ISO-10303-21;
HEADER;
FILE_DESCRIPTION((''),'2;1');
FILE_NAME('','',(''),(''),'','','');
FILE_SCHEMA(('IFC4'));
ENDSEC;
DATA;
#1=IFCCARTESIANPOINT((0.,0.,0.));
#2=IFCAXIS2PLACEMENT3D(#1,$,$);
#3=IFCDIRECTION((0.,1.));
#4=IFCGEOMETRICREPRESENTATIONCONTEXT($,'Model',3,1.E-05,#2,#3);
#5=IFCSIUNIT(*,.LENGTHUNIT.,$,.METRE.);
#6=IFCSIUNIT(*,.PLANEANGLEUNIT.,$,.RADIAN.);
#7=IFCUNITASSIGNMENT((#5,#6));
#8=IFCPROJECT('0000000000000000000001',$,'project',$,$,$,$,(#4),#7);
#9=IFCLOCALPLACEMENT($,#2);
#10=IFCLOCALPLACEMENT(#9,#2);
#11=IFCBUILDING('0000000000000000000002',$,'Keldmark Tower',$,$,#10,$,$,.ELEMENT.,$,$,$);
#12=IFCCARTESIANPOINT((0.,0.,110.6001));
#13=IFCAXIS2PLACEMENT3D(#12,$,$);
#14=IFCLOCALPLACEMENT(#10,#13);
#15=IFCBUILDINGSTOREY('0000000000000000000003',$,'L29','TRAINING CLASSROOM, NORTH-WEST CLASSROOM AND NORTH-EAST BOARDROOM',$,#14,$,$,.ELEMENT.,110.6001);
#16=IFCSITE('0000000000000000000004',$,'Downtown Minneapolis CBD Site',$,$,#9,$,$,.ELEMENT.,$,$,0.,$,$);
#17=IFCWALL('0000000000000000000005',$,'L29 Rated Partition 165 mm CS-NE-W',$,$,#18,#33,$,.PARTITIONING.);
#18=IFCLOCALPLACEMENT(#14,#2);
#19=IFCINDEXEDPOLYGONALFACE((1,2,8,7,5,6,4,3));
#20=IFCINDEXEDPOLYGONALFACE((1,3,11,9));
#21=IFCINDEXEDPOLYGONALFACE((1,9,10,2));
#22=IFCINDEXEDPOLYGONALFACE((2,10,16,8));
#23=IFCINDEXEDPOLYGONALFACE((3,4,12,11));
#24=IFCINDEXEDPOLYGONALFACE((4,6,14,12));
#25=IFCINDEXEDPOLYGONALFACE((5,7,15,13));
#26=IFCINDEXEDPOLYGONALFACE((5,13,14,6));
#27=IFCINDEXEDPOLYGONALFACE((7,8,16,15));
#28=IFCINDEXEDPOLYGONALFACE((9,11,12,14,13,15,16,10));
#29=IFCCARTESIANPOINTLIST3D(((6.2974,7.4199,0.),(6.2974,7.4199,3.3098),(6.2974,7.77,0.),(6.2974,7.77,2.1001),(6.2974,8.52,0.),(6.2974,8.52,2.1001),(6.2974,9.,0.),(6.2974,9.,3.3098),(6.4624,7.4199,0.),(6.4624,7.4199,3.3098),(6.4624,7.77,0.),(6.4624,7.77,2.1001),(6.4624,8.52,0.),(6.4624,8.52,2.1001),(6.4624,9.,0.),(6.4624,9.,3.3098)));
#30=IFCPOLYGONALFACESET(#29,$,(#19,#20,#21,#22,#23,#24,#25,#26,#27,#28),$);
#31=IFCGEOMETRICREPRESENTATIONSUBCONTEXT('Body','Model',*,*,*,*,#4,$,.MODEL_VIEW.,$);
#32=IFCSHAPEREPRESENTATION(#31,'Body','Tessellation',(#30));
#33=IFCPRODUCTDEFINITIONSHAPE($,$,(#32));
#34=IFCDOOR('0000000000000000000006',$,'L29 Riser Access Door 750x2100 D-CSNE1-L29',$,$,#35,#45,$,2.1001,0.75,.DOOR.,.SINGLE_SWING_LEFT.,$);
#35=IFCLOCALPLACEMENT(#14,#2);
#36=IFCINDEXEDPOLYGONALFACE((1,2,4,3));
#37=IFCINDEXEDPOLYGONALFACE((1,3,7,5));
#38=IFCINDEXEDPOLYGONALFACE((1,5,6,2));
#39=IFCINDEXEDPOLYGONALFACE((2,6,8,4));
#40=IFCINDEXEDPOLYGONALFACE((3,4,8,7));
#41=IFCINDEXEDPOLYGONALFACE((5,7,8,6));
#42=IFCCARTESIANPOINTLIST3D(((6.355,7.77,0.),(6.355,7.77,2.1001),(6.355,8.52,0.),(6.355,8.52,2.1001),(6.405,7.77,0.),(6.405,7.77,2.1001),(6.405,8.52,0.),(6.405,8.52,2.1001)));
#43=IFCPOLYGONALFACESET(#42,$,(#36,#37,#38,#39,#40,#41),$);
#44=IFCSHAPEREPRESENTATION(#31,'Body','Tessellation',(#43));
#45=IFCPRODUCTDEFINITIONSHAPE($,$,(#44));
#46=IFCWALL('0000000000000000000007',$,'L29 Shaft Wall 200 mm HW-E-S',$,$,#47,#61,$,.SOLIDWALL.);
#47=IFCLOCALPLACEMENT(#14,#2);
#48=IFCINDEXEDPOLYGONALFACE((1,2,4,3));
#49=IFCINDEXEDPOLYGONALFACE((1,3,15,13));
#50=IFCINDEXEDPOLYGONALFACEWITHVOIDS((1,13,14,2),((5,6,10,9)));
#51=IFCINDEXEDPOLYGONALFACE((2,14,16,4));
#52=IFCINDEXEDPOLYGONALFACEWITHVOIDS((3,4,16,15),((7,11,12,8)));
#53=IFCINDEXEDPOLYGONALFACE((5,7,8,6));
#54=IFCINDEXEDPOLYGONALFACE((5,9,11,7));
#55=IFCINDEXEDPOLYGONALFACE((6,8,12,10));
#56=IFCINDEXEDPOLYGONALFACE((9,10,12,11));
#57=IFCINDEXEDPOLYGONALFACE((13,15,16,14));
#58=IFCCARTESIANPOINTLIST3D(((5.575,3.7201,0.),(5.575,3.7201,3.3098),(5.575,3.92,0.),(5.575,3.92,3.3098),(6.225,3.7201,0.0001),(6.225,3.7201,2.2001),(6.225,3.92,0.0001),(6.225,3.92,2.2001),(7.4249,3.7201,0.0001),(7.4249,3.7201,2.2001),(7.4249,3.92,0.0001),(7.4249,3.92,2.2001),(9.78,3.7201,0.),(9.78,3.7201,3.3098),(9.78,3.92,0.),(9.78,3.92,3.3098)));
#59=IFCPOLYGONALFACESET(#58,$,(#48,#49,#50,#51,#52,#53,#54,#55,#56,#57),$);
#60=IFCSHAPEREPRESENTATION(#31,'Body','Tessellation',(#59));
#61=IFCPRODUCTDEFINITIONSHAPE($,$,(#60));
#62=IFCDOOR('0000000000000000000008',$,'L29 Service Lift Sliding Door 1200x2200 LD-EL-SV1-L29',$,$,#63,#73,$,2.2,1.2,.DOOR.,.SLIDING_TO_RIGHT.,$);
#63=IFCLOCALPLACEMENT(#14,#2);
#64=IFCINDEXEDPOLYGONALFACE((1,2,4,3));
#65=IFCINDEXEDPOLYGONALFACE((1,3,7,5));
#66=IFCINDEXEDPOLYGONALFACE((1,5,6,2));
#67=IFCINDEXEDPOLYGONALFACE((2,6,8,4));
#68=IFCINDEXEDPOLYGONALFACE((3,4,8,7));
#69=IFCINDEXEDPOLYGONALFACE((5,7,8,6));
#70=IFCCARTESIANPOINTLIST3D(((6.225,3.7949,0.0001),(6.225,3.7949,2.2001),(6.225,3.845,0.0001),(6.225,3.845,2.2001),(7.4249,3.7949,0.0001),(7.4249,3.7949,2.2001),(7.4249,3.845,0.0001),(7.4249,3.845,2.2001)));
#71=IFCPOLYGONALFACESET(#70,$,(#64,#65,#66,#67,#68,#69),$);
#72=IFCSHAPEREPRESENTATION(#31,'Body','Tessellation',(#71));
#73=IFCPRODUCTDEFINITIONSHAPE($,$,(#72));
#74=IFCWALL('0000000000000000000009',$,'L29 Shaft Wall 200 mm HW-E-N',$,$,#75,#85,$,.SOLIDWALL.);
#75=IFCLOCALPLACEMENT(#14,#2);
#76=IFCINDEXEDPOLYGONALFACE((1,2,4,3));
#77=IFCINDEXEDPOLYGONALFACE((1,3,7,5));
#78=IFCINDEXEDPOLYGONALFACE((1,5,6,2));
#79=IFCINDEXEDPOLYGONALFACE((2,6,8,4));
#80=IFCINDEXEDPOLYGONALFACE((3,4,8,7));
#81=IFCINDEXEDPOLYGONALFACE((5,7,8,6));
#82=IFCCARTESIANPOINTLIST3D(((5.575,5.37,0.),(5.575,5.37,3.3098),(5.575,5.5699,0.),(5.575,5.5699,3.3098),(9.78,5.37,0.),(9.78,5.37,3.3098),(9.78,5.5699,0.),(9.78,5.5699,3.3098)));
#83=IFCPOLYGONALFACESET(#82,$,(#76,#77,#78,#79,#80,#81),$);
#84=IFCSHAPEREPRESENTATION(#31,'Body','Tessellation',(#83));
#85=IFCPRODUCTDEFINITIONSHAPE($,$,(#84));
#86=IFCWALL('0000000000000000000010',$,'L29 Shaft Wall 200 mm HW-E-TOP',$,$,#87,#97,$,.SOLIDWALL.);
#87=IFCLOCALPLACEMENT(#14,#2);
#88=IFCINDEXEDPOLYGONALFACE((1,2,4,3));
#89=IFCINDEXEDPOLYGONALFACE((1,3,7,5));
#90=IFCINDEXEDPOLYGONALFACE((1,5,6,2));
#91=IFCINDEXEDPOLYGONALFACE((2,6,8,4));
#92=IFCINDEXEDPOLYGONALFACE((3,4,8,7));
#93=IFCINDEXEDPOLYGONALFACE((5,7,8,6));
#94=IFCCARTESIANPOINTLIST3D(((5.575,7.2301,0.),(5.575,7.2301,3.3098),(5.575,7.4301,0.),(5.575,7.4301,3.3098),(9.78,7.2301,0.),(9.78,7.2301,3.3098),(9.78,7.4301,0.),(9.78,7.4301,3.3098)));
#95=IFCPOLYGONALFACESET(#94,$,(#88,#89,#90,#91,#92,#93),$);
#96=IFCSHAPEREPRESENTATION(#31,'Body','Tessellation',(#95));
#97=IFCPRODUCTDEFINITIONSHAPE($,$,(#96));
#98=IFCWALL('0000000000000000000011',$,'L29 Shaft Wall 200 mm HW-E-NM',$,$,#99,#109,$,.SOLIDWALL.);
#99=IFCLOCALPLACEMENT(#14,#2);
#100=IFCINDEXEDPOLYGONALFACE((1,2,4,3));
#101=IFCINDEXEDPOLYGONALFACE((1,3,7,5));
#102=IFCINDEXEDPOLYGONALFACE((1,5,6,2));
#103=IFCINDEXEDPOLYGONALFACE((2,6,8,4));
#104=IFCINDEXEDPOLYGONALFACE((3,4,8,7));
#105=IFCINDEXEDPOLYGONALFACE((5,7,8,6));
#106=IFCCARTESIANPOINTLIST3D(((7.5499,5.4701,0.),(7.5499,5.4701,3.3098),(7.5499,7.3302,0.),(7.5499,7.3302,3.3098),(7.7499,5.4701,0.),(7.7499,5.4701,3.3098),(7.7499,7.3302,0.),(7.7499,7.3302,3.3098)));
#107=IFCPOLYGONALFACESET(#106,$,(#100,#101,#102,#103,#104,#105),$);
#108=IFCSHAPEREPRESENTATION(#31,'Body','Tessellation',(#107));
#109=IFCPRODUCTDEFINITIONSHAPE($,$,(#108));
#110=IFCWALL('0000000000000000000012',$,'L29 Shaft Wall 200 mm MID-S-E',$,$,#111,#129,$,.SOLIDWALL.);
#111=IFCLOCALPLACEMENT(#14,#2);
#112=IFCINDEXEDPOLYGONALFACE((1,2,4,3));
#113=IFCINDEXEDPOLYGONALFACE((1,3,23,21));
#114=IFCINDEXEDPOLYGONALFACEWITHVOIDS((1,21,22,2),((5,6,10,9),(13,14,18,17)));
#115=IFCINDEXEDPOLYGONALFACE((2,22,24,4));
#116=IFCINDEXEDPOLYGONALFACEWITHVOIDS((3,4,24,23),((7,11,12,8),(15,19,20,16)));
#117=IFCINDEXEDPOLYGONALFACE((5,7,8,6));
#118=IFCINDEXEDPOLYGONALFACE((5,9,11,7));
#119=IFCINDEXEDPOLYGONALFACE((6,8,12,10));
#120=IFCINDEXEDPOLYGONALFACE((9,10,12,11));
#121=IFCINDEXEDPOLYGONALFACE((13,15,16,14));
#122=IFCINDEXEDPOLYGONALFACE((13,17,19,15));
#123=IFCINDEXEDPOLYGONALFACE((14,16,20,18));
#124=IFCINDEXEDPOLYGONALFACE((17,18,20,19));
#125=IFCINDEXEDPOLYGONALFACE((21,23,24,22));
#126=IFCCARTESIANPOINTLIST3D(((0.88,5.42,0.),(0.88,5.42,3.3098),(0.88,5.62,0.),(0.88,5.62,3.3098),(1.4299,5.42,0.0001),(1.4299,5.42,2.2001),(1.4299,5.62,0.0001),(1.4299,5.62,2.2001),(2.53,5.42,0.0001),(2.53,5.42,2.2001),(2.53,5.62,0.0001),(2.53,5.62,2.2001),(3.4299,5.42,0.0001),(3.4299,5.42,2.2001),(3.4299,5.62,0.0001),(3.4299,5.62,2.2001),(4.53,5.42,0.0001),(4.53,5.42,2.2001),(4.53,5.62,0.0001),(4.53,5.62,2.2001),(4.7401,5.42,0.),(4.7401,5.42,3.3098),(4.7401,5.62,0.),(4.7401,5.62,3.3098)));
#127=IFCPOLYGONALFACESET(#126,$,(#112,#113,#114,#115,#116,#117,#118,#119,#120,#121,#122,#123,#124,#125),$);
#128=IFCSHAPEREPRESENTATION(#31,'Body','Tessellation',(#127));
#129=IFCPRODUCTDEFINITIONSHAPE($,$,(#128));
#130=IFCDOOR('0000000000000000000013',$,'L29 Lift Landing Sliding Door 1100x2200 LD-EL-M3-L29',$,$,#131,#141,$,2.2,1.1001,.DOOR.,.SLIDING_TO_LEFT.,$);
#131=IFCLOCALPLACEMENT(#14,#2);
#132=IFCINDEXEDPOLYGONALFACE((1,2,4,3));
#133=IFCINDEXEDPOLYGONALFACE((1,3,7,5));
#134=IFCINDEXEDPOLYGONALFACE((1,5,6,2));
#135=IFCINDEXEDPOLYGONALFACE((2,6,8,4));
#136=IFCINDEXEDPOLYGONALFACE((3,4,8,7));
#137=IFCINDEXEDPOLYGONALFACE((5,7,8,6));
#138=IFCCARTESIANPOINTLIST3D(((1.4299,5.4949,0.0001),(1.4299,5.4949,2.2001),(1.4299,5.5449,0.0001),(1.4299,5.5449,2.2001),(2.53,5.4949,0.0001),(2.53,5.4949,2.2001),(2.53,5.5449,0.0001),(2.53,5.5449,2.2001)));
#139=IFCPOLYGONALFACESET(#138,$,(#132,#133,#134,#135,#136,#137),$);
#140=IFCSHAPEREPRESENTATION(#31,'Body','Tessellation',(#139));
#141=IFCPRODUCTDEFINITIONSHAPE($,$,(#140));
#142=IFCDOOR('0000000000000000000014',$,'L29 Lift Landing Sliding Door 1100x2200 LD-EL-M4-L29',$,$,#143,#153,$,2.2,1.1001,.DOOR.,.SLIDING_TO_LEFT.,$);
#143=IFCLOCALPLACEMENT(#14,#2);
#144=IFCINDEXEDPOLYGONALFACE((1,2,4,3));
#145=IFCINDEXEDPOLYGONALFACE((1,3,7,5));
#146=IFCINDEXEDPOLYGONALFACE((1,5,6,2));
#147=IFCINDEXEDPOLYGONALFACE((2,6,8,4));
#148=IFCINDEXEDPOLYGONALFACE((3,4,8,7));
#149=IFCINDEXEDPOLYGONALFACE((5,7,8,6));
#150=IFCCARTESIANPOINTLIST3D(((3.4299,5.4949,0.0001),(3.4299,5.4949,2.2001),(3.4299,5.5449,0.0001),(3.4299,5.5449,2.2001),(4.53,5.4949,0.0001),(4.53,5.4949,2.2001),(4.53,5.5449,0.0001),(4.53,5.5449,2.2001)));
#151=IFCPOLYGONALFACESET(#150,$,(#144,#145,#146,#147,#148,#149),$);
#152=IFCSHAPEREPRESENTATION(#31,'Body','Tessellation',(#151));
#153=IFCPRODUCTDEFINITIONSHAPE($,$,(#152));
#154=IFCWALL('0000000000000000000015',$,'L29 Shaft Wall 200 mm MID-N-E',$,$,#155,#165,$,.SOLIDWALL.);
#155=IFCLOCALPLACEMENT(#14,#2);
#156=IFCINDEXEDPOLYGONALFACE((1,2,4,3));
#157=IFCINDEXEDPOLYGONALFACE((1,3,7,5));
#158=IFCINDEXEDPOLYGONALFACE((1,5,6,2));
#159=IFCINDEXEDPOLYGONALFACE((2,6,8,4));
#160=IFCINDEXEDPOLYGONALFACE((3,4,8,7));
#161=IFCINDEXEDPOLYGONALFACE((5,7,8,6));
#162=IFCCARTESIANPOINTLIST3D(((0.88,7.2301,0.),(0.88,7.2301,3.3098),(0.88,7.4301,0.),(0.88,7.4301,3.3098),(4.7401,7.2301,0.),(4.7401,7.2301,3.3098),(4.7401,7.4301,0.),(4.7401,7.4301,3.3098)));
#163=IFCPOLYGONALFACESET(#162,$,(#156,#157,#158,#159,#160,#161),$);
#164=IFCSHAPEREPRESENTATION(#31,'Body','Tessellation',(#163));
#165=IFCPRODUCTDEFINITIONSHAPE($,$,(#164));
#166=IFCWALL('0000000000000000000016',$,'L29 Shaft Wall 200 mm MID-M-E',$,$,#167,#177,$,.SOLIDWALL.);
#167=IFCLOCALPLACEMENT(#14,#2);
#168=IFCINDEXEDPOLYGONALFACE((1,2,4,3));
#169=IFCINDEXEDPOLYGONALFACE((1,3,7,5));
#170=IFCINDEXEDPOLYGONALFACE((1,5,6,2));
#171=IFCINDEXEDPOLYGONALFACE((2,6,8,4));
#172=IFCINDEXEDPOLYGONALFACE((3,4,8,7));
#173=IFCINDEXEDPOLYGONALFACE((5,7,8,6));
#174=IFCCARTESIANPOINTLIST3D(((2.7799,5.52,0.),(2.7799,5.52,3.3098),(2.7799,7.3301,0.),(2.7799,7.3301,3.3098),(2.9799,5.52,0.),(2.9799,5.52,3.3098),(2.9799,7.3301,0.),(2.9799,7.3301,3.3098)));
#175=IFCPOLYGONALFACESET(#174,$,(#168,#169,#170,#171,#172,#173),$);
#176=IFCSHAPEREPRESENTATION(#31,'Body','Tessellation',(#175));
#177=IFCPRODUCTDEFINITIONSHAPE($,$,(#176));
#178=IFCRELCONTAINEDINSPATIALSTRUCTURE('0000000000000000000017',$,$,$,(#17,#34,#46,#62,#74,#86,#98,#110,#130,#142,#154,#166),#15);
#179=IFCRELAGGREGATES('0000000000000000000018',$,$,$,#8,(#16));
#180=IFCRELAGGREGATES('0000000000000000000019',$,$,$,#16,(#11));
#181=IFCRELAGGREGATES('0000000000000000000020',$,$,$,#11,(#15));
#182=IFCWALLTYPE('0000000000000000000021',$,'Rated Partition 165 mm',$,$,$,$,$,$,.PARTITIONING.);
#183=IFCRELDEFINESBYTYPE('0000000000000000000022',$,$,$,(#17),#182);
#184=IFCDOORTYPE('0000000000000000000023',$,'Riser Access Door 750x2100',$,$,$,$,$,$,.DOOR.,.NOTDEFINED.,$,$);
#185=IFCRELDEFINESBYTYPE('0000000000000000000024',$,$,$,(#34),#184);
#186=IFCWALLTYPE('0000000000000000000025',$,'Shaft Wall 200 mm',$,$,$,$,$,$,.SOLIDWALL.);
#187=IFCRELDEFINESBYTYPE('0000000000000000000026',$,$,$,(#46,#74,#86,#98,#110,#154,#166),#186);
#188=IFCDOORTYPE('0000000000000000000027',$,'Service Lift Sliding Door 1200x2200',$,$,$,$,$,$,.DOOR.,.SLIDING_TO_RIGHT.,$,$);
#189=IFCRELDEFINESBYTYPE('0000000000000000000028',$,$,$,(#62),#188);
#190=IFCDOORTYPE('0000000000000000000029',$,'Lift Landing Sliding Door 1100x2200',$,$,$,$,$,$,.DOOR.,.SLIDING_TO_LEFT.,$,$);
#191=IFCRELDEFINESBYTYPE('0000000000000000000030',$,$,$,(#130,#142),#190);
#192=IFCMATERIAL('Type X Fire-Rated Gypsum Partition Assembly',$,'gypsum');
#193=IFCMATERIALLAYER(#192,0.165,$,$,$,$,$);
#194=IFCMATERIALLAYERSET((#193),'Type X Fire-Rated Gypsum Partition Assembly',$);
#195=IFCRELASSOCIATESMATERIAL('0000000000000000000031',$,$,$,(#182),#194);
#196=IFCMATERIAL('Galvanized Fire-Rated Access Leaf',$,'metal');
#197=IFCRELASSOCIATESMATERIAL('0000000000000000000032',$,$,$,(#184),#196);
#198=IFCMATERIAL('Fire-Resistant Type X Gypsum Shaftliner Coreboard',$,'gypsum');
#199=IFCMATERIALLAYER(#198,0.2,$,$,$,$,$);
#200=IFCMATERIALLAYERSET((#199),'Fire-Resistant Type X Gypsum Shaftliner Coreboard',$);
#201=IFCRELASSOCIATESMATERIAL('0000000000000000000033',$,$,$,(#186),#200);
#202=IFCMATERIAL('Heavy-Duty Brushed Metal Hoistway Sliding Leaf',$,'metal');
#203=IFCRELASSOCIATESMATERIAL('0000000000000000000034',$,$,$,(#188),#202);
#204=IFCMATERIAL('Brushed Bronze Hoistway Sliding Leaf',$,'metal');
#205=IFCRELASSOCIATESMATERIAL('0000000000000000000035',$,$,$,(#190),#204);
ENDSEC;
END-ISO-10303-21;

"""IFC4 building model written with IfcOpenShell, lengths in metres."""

from ifc_helpers import new_model, si_unit, direction, frame, frame_2d, origin, place, context, subcontext, project, spatial, rectangle, extrude, material, layer, layer_set, type_object, element, fill, save


model = new_model("IFC4")

# Units and contexts
model_context = context("Model", 3, precision=1e-05, world=origin(), true_north=direction((0.0, 1.0)))
body_context = subcontext(model_context, "Body", "Model", "MODEL_VIEW")
ifc_project = project(units=[si_unit("LENGTHUNIT", "METRE"), si_unit("PLANEANGLEUNIT", "RADIAN")], contexts=[model_context])

# Site, building, storey
site_placement = place(None, origin())
site = spatial("IfcSite", under=ifc_project, at=site_placement, Name="Downtown Minneapolis CBD Site", CompositionType="ELEMENT", RefElevation=0.0)
building_placement = place(site_placement, origin())
building = spatial("IfcBuilding", under=site, at=building_placement, Name="Keldmark Tower", CompositionType="ELEMENT")
storey_placement = place(building_placement, frame((0.0, 0.0, 110.6001)))
storey = spatial("IfcBuildingStorey", under=building, at=storey_placement, Name="L29", Description="TRAINING CLASSROOM, NORTH-WEST CLASSROOM AND NORTH-EAST BOARDROOM", CompositionType="ELEMENT", Elevation=110.6001)

# Shared definitions
ifc_material_1 = material(Name="Type X Fire-Rated Gypsum Partition Assembly", Category="gypsum")
ifc_layer_1 = layer(ifc_material_1, 0.165)
ifc_layer_set_1 = layer_set([ifc_layer_1], Name="Type X Fire-Rated Gypsum Partition Assembly")
wall_type_1 = type_object("IfcWallType", Name="Rated Partition 165 mm", PredefinedType="PARTITIONING", material=ifc_layer_set_1)

# Walls, openings, doors
wall_1_placement = place(storey_placement, frame((6.3799, 7.4199, 0.0), z_axis=(0.0, 0.0, 1.0), x_axis=(0.0, 1.0, 0.0)))
wall_1 = element("IfcWall", 1, at=wall_1_placement, inside=storey, type_object=wall_type_1, Name="L29 Rated Partition 165 mm CS-NE-W", PredefinedType="PARTITIONING", context=body_context, shape_type="SweptSolid", body=[
    extrude(rectangle(XDim=1.5801, YDim=0.165, at=frame_2d((0.79, 0.0))), origin(), (0.0, 0.0, 1.0), 3.3098),
])
opening_1_placement = place(wall_1_placement, frame((0.3501, 0.0, 0.0)))
opening_1 = element("IfcOpeningElement", 2, at=opening_1_placement, cuts=wall_1, PredefinedType="OPENING", context=body_context, shape_type="SweptSolid", body=[
    extrude(rectangle(XDim=0.75, YDim=2.1001, at=frame_2d((0.375, 1.05))), frame((0.0, 0.0925, 0.0), z_axis=(0.0, -1.0, 0.0), x_axis=(1.0, 0.0, 0.0)), (0.0, 0.0, 1.0), 0.1851),
])
ifc_material_2 = material(Name="Galvanized Fire-Rated Access Leaf", Category="metal")
door_type_1 = type_object("IfcDoorType", Name="Riser Access Door 750x2100", OperationType="NOTDEFINED", PredefinedType="DOOR", material=ifc_material_2)
door_1_placement = place(opening_1_placement, origin())
door_1 = element("IfcDoor", 3, at=door_1_placement, inside=storey, type_object=door_type_1, Name="L29 Riser Access Door 750x2100 D-CSNE1-L29", OperationType="SINGLE_SWING_LEFT", OverallHeight=2.1001, OverallWidth=0.75, PredefinedType="DOOR", context=body_context, shape_type="SweptSolid", body=[
    extrude(rectangle(XDim=0.75, YDim=2.1001, at=frame_2d((0.375, 1.05))), frame((0.0, 0.0249, 0.0), z_axis=(0.0, -1.0, 0.0), x_axis=(1.0, 0.0, 0.0)), (0.0, 0.0, 1.0), 0.05),
])
fill(opening_1, door_1)
ifc_material_3 = material(Name="Fire-Resistant Type X Gypsum Shaftliner Coreboard", Category="gypsum")
ifc_layer_2 = layer(ifc_material_3, 0.2)
ifc_layer_set_2 = layer_set([ifc_layer_2], Name="Fire-Resistant Type X Gypsum Shaftliner Coreboard")
wall_type_2 = type_object("IfcWallType", Name="Shaft Wall 200 mm", PredefinedType="SOLIDWALL", material=ifc_layer_set_2)
wall_2_placement = place(storey_placement, frame((5.575, 3.8201, 0.0), z_axis=(0.0, 0.0, 1.0), x_axis=(1.0, 0.0, 0.0)))
wall_2 = element("IfcWall", 4, at=wall_2_placement, inside=storey, type_object=wall_type_2, Name="L29 Shaft Wall 200 mm HW-E-S", PredefinedType="SOLIDWALL", context=body_context, shape_type="SweptSolid", body=[
    extrude(rectangle(XDim=4.2051, YDim=0.2, at=frame_2d((2.1025, 0.0))), origin(), (0.0, 0.0, 1.0), 3.3098),
])
opening_2_placement = place(wall_2_placement, frame((0.6499, 0.0, 0.0)))
opening_2 = element("IfcOpeningElement", 5, at=opening_2_placement, cuts=wall_2, PredefinedType="OPENING", context=body_context, shape_type="SweptSolid", body=[
    extrude(rectangle(XDim=1.2, YDim=2.2, at=frame_2d((0.6001, 1.1001))), frame((0.0, 0.1099, 0.0), z_axis=(0.0, -1.0, 0.0), x_axis=(1.0, 0.0, 0.0)), (0.0, 0.0, 1.0), 0.22),
])
ifc_material_4 = material(Name="Heavy-Duty Brushed Metal Hoistway Sliding Leaf", Category="metal")
door_type_2 = type_object("IfcDoorType", Name="Service Lift Sliding Door 1200x2200", OperationType="SLIDING_TO_RIGHT", PredefinedType="DOOR", material=ifc_material_4)
door_2_placement = place(opening_2_placement, origin())
door_2 = element("IfcDoor", 6, at=door_2_placement, inside=storey, type_object=door_type_2, Name="L29 Service Lift Sliding Door 1200x2200 LD-EL-SV1-L29", OperationType="SLIDING_TO_RIGHT", OverallHeight=2.2, OverallWidth=1.2, PredefinedType="DOOR", context=body_context, shape_type="SweptSolid", body=[
    extrude(rectangle(XDim=1.2, YDim=2.2, at=frame_2d((0.6001, 1.1001))), frame((0.0, 0.0249, 0.0), z_axis=(0.0, -1.0, 0.0), x_axis=(1.0, 0.0, 0.0)), (0.0, 0.0, 1.0), 0.05),
])
fill(opening_2, door_2)

# Walls
for number, where, z_axis, x_axis, name in (
    (7, (5.575, 5.47, 0.0), (0.0, 0.0, 1.0), (1.0, 0.0, 0.0), "L29 Shaft Wall 200 mm HW-E-N"),
    (8, (5.575, 7.3301, 0.0), (0.0, 0.0, 1.0), (1.0, 0.0, 0.0), "L29 Shaft Wall 200 mm HW-E-TOP"),
):
    element("IfcWall", number, at=place(storey_placement, frame(where, z_axis=z_axis, x_axis=x_axis)), inside=storey, type_object=wall_type_2, Name=name, PredefinedType="SOLIDWALL", context=body_context, shape_type="SweptSolid", body=[
        extrude(rectangle(XDim=4.2051, YDim=0.2, at=frame_2d((2.1025, 0.0))), origin(), (0.0, 0.0, 1.0), 3.3098),
    ])
wall_3_placement = place(storey_placement, frame((7.6499, 5.47, 0.0), z_axis=(0.0, 0.0, 1.0), x_axis=(0.0, 1.0, 0.0)))
element("IfcWall", 9, at=wall_3_placement, inside=storey, type_object=wall_type_2, Name="L29 Shaft Wall 200 mm HW-E-NM", PredefinedType="SOLIDWALL", context=body_context, shape_type="SweptSolid", body=[
    extrude(rectangle(XDim=1.8601, YDim=0.2, at=frame_2d((0.9302, 0.0))), origin(), (0.0, 0.0, 1.0), 3.3098),
])

# Wall, openings, doors
wall_4_placement = place(storey_placement, frame((0.8799, 5.52, 0.0), z_axis=(0.0, 0.0, 1.0), x_axis=(1.0, 0.0, 0.0)))
wall_4 = element("IfcWall", 10, at=wall_4_placement, inside=storey, type_object=wall_type_2, Name="L29 Shaft Wall 200 mm MID-S-E", PredefinedType="SOLIDWALL", context=body_context, shape_type="SweptSolid", body=[
    extrude(rectangle(XDim=3.8601, YDim=0.2, at=frame_2d((1.9302, 0.0))), origin(), (0.0, 0.0, 1.0), 3.3098),
])
opening_3_placement = place(wall_4_placement, frame((0.55, 0.0, 0.0)))
opening_3 = element("IfcOpeningElement", 11, at=opening_3_placement, cuts=wall_4, PredefinedType="OPENING", context=body_context, shape_type="SweptSolid", body=[
    extrude(rectangle(XDim=1.1001, YDim=2.2, at=frame_2d((0.55, 1.1001))), frame((0.0, 0.1099, 0.0), z_axis=(0.0, -1.0, 0.0), x_axis=(1.0, 0.0, 0.0)), (0.0, 0.0, 1.0), 0.22),
])
opening_4_placement = place(wall_4_placement, frame((2.55, 0.0, 0.0)))
opening_4 = element("IfcOpeningElement", 12, at=opening_4_placement, cuts=wall_4, PredefinedType="OPENING", context=body_context, shape_type="SweptSolid", body=[
    extrude(rectangle(XDim=1.1001, YDim=2.2, at=frame_2d((0.55, 1.1001))), frame((0.0, 0.1099, 0.0), z_axis=(0.0, -1.0, 0.0), x_axis=(1.0, 0.0, 0.0)), (0.0, 0.0, 1.0), 0.22),
])
ifc_material_5 = material(Name="Brushed Bronze Hoistway Sliding Leaf", Category="metal")
door_type_3 = type_object("IfcDoorType", Name="Lift Landing Sliding Door 1100x2200", OperationType="SLIDING_TO_LEFT", PredefinedType="DOOR", material=ifc_material_5)
door_3_placement = place(opening_3_placement, origin())
door_3 = element("IfcDoor", 13, at=door_3_placement, inside=storey, type_object=door_type_3, Name="L29 Lift Landing Sliding Door 1100x2200 LD-EL-M3-L29", OperationType="SLIDING_TO_LEFT", OverallHeight=2.2, OverallWidth=1.1001, PredefinedType="DOOR", context=body_context, shape_type="SweptSolid", body=[
    extrude(rectangle(XDim=1.1001, YDim=2.2, at=frame_2d((0.55, 1.1001))), frame((0.0, 0.0249, 0.0), z_axis=(0.0, -1.0, 0.0), x_axis=(1.0, 0.0, 0.0)), (0.0, 0.0, 1.0), 0.05),
])
fill(opening_3, door_3)
door_4_placement = place(opening_4_placement, origin())
door_4 = element("IfcDoor", 14, at=door_4_placement, inside=storey, type_object=door_type_3, Name="L29 Lift Landing Sliding Door 1100x2200 LD-EL-M4-L29", OperationType="SLIDING_TO_LEFT", OverallHeight=2.2, OverallWidth=1.1001, PredefinedType="DOOR", context=body_context, shape_type="SweptSolid", body=[
    extrude(rectangle(XDim=1.1001, YDim=2.2, at=frame_2d((0.55, 1.1001))), frame((0.0, 0.0249, 0.0), z_axis=(0.0, -1.0, 0.0), x_axis=(1.0, 0.0, 0.0)), (0.0, 0.0, 1.0), 0.05),
])
fill(opening_4, door_4)

# Walls
wall_5_placement = place(storey_placement, frame((0.8799, 7.3301, 0.0), z_axis=(0.0, 0.0, 1.0), x_axis=(1.0, 0.0, 0.0)))
element("IfcWall", 15, at=wall_5_placement, inside=storey, type_object=wall_type_2, Name="L29 Shaft Wall 200 mm MID-N-E", PredefinedType="SOLIDWALL", context=body_context, shape_type="SweptSolid", body=[
    extrude(rectangle(XDim=3.8601, YDim=0.2, at=frame_2d((1.9302, 0.0))), origin(), (0.0, 0.0, 1.0), 3.3098),
])
for number, where, z_axis, x_axis, name in (
    (16, (2.8799, 5.52, 0.0), (0.0, 0.0, 1.0), (0.0, 1.0, 0.0), "L29 Shaft Wall 200 mm MID-M-E"),
):
    element("IfcWall", number, at=place(storey_placement, frame(where, z_axis=z_axis, x_axis=x_axis)), inside=storey, type_object=wall_type_2, Name=name, PredefinedType="SOLIDWALL", context=body_context, shape_type="SweptSolid", body=[
        extrude(rectangle(XDim=1.8101, YDim=0.2, at=frame_2d((0.905, 0.0))), origin(), (0.0, 0.0, 1.0), 3.3098),
    ])

save(model, "model.ifc")
